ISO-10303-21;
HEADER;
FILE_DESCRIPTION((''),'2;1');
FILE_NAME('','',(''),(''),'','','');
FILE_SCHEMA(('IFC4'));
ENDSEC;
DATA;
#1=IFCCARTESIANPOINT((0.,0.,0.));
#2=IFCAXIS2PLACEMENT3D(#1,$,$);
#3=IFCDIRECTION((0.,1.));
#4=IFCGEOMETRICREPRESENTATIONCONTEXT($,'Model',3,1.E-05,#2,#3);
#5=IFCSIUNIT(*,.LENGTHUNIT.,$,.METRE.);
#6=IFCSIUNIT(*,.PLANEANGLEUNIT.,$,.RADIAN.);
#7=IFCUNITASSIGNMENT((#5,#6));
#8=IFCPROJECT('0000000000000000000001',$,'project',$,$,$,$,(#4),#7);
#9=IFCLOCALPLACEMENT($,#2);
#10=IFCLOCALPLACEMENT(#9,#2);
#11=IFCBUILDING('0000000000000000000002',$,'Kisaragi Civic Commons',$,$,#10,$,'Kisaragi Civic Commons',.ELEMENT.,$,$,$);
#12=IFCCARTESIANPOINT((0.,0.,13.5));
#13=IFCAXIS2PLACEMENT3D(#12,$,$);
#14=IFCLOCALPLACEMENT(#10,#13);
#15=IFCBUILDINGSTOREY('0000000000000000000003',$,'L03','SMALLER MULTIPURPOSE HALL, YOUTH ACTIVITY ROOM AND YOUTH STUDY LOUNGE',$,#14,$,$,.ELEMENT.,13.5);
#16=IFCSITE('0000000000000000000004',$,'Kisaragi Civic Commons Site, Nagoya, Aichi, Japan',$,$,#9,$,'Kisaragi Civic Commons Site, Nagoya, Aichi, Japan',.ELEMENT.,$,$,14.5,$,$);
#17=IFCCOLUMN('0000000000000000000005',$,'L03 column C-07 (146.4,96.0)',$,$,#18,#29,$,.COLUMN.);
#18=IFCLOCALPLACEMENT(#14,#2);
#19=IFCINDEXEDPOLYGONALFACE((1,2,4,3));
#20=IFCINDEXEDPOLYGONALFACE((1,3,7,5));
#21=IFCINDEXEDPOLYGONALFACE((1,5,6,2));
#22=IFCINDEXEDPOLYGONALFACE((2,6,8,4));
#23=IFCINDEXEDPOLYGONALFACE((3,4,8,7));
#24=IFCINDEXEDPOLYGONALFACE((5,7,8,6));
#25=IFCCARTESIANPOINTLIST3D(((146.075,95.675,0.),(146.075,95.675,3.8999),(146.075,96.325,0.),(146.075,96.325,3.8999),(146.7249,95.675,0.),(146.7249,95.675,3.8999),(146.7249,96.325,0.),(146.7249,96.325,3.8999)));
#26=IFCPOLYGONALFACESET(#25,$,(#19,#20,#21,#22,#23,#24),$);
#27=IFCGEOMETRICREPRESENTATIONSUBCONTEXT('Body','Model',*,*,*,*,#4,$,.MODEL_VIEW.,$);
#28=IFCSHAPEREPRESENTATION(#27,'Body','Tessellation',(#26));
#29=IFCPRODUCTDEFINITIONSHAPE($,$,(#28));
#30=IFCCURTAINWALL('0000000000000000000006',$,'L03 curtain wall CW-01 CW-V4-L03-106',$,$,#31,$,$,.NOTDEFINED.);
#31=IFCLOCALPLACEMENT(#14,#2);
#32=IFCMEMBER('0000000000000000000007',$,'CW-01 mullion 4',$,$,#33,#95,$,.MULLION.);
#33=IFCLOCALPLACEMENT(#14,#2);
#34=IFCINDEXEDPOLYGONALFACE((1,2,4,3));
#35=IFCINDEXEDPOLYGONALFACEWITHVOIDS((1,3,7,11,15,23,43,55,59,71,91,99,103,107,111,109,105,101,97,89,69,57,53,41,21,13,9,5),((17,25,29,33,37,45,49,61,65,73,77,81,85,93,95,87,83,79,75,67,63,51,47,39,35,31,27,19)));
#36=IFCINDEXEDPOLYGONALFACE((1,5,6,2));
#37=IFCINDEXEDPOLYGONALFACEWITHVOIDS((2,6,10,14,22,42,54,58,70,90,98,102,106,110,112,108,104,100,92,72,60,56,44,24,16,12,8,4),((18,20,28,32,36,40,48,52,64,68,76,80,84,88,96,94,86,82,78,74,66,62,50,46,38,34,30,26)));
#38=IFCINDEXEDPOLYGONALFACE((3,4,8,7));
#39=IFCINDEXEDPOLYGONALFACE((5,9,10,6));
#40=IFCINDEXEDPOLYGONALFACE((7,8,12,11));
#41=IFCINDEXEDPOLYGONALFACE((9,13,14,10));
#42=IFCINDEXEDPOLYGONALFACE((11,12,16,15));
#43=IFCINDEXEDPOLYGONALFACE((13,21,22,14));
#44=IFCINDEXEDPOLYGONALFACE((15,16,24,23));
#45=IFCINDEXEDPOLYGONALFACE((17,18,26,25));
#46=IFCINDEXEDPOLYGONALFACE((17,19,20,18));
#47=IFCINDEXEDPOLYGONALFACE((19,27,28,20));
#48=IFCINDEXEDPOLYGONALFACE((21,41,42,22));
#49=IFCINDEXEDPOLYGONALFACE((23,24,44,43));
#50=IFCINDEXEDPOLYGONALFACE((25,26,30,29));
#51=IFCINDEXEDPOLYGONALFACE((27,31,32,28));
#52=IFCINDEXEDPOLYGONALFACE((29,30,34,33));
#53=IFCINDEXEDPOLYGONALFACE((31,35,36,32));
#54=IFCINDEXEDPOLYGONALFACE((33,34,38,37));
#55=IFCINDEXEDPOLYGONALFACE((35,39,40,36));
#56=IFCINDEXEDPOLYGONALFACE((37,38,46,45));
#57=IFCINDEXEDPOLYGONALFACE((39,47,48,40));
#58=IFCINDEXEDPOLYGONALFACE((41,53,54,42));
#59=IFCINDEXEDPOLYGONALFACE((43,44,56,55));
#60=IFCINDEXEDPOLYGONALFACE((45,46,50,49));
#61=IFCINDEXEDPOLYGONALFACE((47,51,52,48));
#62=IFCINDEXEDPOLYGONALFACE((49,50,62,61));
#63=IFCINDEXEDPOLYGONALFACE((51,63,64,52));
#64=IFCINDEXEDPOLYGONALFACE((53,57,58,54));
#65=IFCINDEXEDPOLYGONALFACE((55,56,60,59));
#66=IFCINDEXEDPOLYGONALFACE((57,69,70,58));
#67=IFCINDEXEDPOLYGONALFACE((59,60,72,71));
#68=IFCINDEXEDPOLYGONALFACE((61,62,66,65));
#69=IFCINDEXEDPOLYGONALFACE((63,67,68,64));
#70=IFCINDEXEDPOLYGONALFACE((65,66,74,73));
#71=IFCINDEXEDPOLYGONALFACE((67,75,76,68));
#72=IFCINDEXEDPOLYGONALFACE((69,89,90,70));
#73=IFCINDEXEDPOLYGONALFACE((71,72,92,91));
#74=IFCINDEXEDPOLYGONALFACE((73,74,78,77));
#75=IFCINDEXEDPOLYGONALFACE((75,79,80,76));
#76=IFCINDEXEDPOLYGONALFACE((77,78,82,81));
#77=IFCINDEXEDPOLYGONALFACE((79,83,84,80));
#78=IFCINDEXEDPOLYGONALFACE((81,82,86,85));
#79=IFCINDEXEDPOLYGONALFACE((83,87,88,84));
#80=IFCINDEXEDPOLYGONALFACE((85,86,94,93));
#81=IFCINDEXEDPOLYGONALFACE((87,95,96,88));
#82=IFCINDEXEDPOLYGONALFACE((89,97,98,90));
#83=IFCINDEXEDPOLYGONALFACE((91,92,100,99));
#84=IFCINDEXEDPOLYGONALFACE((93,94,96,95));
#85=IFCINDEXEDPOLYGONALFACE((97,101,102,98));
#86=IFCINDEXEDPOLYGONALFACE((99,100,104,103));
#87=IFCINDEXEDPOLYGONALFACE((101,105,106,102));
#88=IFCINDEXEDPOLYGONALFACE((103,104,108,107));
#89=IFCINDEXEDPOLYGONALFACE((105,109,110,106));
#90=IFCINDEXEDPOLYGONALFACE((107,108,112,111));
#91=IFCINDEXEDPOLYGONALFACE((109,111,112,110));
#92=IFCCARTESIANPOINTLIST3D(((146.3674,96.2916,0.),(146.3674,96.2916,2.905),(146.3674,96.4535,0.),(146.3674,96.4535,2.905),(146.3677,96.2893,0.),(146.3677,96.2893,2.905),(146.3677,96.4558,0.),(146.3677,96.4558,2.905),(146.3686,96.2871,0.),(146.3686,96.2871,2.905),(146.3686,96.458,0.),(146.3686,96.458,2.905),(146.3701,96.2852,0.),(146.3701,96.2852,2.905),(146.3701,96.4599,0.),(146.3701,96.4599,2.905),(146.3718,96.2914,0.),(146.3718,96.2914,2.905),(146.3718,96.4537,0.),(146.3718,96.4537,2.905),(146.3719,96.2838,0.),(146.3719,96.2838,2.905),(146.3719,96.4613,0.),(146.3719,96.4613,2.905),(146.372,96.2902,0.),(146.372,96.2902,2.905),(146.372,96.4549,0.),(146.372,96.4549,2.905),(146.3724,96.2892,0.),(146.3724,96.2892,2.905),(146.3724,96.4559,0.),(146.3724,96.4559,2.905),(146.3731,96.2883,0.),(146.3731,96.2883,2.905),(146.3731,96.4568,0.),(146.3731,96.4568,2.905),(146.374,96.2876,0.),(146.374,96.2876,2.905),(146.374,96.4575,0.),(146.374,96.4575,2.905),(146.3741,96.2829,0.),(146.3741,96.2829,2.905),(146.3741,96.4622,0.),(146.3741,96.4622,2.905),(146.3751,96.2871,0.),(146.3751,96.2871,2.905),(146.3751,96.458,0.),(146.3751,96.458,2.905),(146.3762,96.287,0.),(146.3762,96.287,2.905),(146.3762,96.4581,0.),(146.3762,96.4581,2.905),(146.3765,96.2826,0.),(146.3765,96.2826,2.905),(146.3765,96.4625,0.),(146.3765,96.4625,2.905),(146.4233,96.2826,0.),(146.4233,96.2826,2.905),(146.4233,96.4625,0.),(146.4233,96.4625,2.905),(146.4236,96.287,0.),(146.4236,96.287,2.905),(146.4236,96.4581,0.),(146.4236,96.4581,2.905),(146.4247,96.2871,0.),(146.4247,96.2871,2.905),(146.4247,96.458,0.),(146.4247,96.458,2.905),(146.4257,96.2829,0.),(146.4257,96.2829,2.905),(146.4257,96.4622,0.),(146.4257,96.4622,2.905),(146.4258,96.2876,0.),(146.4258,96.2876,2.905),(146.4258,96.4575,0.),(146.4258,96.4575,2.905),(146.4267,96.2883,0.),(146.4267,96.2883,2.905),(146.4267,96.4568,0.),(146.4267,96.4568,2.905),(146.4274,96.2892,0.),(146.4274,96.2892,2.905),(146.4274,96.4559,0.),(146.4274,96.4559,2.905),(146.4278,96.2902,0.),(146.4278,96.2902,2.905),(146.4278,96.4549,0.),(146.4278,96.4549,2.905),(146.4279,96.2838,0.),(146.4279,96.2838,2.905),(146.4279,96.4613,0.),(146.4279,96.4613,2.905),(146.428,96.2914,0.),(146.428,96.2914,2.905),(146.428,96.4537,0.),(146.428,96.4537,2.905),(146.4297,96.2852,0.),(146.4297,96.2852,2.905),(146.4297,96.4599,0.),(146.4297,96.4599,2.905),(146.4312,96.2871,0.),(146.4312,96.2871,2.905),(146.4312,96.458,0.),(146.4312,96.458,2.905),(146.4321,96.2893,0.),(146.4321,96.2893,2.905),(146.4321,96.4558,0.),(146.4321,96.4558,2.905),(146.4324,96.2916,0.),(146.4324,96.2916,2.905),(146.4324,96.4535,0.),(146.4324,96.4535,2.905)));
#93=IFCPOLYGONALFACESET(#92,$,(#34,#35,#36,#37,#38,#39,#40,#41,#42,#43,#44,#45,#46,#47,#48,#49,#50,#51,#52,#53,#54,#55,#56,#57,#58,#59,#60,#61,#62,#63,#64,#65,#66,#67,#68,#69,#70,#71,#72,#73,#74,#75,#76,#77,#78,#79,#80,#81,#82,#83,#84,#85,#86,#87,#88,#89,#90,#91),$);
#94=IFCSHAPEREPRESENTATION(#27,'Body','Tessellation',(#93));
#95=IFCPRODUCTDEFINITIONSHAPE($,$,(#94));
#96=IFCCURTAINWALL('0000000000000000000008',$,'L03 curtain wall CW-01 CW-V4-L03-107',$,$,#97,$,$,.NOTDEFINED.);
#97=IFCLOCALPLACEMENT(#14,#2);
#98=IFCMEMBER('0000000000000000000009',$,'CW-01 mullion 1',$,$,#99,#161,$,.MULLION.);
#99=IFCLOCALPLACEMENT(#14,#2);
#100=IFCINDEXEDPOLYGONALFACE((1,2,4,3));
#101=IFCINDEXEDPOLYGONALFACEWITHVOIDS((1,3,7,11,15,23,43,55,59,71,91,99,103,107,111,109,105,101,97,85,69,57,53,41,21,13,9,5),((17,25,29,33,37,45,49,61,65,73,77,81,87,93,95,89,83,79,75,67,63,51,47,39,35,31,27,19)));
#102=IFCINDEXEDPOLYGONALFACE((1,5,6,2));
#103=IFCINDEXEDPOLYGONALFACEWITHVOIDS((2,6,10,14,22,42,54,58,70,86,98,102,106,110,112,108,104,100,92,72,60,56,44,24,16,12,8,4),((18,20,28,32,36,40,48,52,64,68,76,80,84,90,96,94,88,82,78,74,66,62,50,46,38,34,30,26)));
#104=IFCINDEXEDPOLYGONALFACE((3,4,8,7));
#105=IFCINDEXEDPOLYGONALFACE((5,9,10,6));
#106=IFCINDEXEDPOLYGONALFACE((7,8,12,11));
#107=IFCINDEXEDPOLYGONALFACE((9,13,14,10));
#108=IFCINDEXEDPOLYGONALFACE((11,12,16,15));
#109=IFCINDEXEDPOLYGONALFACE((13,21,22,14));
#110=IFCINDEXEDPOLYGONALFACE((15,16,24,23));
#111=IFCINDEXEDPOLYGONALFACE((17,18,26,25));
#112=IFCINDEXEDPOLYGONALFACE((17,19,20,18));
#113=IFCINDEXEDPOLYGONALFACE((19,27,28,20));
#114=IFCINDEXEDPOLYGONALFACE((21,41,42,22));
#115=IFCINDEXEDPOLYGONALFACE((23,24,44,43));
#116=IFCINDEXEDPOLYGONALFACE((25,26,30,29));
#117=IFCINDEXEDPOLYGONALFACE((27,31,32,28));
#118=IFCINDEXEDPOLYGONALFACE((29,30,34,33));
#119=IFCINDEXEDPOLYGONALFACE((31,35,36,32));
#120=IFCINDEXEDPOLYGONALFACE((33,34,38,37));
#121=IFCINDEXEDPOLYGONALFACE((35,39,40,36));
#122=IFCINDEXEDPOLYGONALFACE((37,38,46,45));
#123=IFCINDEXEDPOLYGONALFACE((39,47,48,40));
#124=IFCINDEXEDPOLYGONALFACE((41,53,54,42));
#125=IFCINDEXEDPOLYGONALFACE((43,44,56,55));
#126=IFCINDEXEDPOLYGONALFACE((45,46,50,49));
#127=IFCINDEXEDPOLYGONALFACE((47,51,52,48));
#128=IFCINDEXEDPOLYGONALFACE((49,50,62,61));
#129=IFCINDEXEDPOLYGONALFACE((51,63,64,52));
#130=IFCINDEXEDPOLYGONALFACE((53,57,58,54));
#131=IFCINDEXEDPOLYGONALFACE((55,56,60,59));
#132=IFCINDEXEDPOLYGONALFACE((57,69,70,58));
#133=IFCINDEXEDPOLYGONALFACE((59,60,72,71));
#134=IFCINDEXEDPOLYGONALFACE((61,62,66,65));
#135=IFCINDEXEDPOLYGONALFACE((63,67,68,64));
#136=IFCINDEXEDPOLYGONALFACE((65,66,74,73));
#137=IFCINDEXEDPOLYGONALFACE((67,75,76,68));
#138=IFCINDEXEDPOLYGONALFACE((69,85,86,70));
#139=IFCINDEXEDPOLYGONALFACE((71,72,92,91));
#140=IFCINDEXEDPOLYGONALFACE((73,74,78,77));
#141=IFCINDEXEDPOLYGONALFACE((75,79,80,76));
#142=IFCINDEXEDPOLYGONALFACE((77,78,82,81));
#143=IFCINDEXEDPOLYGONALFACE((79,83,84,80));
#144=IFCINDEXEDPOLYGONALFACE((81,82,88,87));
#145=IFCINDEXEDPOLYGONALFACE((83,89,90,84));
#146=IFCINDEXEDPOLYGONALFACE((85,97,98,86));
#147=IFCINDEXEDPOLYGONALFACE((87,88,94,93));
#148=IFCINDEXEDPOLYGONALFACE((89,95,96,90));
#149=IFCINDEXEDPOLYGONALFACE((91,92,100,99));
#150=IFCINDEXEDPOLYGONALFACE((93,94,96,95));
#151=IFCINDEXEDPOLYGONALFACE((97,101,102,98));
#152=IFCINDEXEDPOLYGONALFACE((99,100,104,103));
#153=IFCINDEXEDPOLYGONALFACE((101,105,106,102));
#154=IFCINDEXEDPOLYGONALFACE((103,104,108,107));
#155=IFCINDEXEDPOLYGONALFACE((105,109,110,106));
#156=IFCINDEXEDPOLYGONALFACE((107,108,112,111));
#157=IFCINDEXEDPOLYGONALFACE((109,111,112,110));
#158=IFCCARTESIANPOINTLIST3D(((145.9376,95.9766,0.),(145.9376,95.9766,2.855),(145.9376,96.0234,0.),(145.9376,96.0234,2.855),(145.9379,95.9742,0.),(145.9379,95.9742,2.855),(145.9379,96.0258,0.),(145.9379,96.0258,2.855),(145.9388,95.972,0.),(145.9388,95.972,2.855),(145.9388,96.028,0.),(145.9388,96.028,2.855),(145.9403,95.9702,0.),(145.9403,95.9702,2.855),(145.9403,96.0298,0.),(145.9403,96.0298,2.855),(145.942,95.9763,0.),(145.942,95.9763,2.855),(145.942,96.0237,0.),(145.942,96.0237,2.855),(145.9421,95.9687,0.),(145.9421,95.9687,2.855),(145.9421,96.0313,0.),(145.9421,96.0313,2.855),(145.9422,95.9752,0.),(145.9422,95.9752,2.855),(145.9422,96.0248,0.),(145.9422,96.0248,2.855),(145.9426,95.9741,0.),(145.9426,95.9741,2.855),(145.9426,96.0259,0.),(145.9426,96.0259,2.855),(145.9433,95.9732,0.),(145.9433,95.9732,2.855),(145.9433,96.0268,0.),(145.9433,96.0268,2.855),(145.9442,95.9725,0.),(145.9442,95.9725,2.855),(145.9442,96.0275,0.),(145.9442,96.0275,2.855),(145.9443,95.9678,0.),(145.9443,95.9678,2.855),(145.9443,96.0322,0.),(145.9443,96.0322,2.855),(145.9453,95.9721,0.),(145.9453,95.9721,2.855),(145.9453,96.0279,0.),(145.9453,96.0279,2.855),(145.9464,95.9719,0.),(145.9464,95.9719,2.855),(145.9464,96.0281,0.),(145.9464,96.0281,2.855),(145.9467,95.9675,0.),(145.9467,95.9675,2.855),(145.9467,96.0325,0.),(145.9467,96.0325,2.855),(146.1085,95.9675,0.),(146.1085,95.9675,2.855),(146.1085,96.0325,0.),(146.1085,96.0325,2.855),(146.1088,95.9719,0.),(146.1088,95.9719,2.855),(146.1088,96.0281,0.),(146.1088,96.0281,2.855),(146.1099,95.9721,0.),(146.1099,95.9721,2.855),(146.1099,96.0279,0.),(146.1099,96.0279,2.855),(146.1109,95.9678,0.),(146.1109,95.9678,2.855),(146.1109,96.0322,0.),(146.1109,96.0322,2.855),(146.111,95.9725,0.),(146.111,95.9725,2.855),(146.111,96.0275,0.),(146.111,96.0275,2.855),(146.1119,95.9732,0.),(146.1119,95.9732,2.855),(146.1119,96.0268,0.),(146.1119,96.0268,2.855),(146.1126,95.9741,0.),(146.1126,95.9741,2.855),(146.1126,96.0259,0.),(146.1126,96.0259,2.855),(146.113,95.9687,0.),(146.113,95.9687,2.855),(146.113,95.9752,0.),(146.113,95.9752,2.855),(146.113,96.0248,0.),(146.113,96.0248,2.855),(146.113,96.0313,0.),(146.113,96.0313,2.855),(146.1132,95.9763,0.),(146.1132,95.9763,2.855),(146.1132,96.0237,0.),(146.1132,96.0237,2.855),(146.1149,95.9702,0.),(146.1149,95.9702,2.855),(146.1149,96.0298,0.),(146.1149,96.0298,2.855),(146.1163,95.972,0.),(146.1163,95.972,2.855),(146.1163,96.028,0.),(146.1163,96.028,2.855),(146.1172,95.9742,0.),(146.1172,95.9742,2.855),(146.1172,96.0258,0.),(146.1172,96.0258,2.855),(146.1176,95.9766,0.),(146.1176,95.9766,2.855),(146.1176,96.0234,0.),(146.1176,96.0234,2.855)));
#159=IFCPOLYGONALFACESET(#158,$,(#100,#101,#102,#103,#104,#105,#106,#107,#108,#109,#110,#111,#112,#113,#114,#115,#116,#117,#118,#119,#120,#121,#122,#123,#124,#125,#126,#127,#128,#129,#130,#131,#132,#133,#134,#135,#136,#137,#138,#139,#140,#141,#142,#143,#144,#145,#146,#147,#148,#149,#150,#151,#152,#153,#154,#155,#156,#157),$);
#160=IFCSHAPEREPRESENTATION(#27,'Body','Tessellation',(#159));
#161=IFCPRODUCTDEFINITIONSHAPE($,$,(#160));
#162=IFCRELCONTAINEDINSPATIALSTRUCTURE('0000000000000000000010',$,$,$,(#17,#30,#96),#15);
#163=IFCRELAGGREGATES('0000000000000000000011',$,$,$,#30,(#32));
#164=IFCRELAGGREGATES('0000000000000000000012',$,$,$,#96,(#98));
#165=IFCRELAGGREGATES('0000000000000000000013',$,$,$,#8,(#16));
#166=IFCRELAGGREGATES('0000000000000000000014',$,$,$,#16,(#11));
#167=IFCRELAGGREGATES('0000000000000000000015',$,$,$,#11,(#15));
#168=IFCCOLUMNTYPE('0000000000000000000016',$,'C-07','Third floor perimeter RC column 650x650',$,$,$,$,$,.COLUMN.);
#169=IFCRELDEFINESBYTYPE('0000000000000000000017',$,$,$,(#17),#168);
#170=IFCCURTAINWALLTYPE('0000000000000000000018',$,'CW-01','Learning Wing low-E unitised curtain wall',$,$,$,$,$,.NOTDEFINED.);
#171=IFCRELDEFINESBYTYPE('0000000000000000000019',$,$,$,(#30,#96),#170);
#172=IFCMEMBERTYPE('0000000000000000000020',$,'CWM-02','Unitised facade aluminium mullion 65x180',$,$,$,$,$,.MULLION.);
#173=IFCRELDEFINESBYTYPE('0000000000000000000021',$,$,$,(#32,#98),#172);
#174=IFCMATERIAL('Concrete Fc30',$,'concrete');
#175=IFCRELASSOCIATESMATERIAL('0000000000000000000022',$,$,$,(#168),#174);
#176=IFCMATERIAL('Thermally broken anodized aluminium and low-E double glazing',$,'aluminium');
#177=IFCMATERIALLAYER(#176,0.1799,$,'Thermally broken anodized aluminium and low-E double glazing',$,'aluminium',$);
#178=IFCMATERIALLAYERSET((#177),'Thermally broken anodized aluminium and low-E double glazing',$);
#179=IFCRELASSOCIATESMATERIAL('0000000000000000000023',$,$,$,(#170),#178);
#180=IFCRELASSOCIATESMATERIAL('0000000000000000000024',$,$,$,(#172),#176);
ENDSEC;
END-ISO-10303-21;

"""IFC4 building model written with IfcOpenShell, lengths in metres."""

from ifc_helpers import new_model, si_unit, direction, frame, origin, origin_2d, place, context, subcontext, project, spatial, rectangle, hollow_rectangle, extrude, material, layer, layer_set, material_profile, profile_set, type_object, element, aggregate, save


model = new_model("IFC4")

# Units and contexts
model_context = context("Model", 3, precision=1e-05, world=origin(), true_north=direction((0.0, 1.0)))
body_context = subcontext(model_context, "Body", "Model", "MODEL_VIEW")
ifc_project = project(units=[si_unit("LENGTHUNIT", "METRE"), si_unit("PLANEANGLEUNIT", "RADIAN")], contexts=[model_context])

# Site, building, storey
site_placement = place(None, origin())
site = spatial("IfcSite", under=ifc_project, at=site_placement, Name="Kisaragi Civic Commons Site, Nagoya, Aichi, Japan", LongName="Kisaragi Civic Commons Site, Nagoya, Aichi, Japan", CompositionType="ELEMENT", RefElevation=14.5)
building_placement = place(site_placement, origin())
building = spatial("IfcBuilding", under=site, at=building_placement, Name="Kisaragi Civic Commons", LongName="Kisaragi Civic Commons", CompositionType="ELEMENT")
storey_placement = place(building_placement, frame((0.0, 0.0, 13.5)))
storey = spatial("IfcBuildingStorey", under=building, at=storey_placement, Name="L03", Description="SMALLER MULTIPURPOSE HALL, YOUTH ACTIVITY ROOM AND YOUTH STUDY LOUNGE", CompositionType="ELEMENT", Elevation=13.5)

# Column
ifc_material_1 = material(Name="Concrete Fc30", Category="concrete")
ifc_material_profile_1 = material_profile(ifc_material_1, rectangle(XDim=0.6499, YDim=0.6499, at=origin_2d()), Name="RC-650x650", Category="concrete")
ifc_profile_set_1 = profile_set([ifc_material_profile_1], Name="Concrete Fc30")
column_type = type_object("IfcColumnType", Name="C-07", Description="Third floor perimeter RC column 650x650", PredefinedType="COLUMN", material=ifc_profile_set_1)
column_placement = place(storey_placement, frame((146.3999, 96.0, 0.0), z_axis=(0.0, 0.0, 1.0), x_axis=(1.0, 0.0, 0.0)))
element("IfcColumn", 1, at=column_placement, inside=storey, type_object=column_type, Name="L03 column C-07 (146.4,96.0)", PredefinedType="COLUMN", context=body_context, shape_type="SweptSolid", body=[
    extrude(rectangle(XDim=0.6499, YDim=0.6499, at=origin_2d()), origin(), (0.0, 0.0, 1.0), 3.8999),
])

# Curtain wall, member
ifc_material_2 = material(Name="Thermally broken anodized aluminium and low-E double glazing", Category="aluminium")
ifc_layer_1 = layer(ifc_material_2, 0.1799, Name="Thermally broken anodized aluminium and low-E double glazing", Category="aluminium")
ifc_layer_set_1 = layer_set([ifc_layer_1], Name="Thermally broken anodized aluminium and low-E double glazing")
curtain_wall_type = type_object("IfcCurtainWallType", Name="CW-01", Description="Learning Wing low-E unitised curtain wall", PredefinedType="NOTDEFINED", material=ifc_layer_set_1)
curtain_wall_1_placement = place(storey_placement, origin())
curtain_wall_1 = element("IfcCurtainWall", 2, at=curtain_wall_1_placement, inside=storey, type_object=curtain_wall_type, Name="L03 curtain wall CW-01 CW-V4-L03-106", PredefinedType="NOTDEFINED")
ifc_material_profile_2 = material_profile(ifc_material_2, hollow_rectangle(XDim=0.0649, YDim=0.1799, WallThickness=0.0044, InnerFilletRadius=0.0044, OuterFilletRadius=0.009, at=origin_2d()), Name="CWM-65x180x4.5", Category="aluminium")
ifc_profile_set_2 = profile_set([ifc_material_profile_2], Name="Thermally broken anodized aluminium and low-E double glazing")
member_type_1 = type_object("IfcMemberType", Name="CWM-02", Description="Unitised facade aluminium mullion 65x180", PredefinedType="MULLION", material=ifc_profile_set_2)
member_1_placement = place(storey_placement, frame((146.3999, 96.3726, 0.0), z_axis=(0.0, 0.0, 1.0), x_axis=(1.0, 0.0, 0.0)))
member_1 = element("IfcMember", 3, at=member_1_placement, type_object=member_type_1, Name="CW-01 mullion 4", PredefinedType="MULLION", context=body_context, shape_type="SweptSolid", body=[
    extrude(hollow_rectangle(XDim=0.0649, YDim=0.1799, WallThickness=0.0044, InnerFilletRadius=0.0044, OuterFilletRadius=0.009, at=origin_2d()), origin(), (0.0, 0.0, 1.0), 2.905),
])

# Curtain wall, member
curtain_wall_2_placement = place(storey_placement, origin())
curtain_wall_2 = element("IfcCurtainWall", 4, at=curtain_wall_2_placement, inside=storey, type_object=curtain_wall_type, Name="L03 curtain wall CW-01 CW-V4-L03-107", PredefinedType="NOTDEFINED")
member_2_placement = place(storey_placement, frame((146.0276, 96.0, 0.0), z_axis=(0.0, 0.0, 1.0), x_axis=(0.0, -1.0, 0.0)))
member_2 = element("IfcMember", 5, at=member_2_placement, type_object=member_type_1, Name="CW-01 mullion 1", PredefinedType="MULLION", context=body_context, shape_type="SweptSolid", body=[
    extrude(hollow_rectangle(XDim=0.0649, YDim=0.1799, WallThickness=0.0044, InnerFilletRadius=0.0044, OuterFilletRadius=0.009, at=origin_2d()), origin(), (0.0, 0.0, 1.0), 2.855),
])

aggregate(curtain_wall_1, [member_1])
aggregate(curtain_wall_2, [member_2])

save(model, "model.ifc")
